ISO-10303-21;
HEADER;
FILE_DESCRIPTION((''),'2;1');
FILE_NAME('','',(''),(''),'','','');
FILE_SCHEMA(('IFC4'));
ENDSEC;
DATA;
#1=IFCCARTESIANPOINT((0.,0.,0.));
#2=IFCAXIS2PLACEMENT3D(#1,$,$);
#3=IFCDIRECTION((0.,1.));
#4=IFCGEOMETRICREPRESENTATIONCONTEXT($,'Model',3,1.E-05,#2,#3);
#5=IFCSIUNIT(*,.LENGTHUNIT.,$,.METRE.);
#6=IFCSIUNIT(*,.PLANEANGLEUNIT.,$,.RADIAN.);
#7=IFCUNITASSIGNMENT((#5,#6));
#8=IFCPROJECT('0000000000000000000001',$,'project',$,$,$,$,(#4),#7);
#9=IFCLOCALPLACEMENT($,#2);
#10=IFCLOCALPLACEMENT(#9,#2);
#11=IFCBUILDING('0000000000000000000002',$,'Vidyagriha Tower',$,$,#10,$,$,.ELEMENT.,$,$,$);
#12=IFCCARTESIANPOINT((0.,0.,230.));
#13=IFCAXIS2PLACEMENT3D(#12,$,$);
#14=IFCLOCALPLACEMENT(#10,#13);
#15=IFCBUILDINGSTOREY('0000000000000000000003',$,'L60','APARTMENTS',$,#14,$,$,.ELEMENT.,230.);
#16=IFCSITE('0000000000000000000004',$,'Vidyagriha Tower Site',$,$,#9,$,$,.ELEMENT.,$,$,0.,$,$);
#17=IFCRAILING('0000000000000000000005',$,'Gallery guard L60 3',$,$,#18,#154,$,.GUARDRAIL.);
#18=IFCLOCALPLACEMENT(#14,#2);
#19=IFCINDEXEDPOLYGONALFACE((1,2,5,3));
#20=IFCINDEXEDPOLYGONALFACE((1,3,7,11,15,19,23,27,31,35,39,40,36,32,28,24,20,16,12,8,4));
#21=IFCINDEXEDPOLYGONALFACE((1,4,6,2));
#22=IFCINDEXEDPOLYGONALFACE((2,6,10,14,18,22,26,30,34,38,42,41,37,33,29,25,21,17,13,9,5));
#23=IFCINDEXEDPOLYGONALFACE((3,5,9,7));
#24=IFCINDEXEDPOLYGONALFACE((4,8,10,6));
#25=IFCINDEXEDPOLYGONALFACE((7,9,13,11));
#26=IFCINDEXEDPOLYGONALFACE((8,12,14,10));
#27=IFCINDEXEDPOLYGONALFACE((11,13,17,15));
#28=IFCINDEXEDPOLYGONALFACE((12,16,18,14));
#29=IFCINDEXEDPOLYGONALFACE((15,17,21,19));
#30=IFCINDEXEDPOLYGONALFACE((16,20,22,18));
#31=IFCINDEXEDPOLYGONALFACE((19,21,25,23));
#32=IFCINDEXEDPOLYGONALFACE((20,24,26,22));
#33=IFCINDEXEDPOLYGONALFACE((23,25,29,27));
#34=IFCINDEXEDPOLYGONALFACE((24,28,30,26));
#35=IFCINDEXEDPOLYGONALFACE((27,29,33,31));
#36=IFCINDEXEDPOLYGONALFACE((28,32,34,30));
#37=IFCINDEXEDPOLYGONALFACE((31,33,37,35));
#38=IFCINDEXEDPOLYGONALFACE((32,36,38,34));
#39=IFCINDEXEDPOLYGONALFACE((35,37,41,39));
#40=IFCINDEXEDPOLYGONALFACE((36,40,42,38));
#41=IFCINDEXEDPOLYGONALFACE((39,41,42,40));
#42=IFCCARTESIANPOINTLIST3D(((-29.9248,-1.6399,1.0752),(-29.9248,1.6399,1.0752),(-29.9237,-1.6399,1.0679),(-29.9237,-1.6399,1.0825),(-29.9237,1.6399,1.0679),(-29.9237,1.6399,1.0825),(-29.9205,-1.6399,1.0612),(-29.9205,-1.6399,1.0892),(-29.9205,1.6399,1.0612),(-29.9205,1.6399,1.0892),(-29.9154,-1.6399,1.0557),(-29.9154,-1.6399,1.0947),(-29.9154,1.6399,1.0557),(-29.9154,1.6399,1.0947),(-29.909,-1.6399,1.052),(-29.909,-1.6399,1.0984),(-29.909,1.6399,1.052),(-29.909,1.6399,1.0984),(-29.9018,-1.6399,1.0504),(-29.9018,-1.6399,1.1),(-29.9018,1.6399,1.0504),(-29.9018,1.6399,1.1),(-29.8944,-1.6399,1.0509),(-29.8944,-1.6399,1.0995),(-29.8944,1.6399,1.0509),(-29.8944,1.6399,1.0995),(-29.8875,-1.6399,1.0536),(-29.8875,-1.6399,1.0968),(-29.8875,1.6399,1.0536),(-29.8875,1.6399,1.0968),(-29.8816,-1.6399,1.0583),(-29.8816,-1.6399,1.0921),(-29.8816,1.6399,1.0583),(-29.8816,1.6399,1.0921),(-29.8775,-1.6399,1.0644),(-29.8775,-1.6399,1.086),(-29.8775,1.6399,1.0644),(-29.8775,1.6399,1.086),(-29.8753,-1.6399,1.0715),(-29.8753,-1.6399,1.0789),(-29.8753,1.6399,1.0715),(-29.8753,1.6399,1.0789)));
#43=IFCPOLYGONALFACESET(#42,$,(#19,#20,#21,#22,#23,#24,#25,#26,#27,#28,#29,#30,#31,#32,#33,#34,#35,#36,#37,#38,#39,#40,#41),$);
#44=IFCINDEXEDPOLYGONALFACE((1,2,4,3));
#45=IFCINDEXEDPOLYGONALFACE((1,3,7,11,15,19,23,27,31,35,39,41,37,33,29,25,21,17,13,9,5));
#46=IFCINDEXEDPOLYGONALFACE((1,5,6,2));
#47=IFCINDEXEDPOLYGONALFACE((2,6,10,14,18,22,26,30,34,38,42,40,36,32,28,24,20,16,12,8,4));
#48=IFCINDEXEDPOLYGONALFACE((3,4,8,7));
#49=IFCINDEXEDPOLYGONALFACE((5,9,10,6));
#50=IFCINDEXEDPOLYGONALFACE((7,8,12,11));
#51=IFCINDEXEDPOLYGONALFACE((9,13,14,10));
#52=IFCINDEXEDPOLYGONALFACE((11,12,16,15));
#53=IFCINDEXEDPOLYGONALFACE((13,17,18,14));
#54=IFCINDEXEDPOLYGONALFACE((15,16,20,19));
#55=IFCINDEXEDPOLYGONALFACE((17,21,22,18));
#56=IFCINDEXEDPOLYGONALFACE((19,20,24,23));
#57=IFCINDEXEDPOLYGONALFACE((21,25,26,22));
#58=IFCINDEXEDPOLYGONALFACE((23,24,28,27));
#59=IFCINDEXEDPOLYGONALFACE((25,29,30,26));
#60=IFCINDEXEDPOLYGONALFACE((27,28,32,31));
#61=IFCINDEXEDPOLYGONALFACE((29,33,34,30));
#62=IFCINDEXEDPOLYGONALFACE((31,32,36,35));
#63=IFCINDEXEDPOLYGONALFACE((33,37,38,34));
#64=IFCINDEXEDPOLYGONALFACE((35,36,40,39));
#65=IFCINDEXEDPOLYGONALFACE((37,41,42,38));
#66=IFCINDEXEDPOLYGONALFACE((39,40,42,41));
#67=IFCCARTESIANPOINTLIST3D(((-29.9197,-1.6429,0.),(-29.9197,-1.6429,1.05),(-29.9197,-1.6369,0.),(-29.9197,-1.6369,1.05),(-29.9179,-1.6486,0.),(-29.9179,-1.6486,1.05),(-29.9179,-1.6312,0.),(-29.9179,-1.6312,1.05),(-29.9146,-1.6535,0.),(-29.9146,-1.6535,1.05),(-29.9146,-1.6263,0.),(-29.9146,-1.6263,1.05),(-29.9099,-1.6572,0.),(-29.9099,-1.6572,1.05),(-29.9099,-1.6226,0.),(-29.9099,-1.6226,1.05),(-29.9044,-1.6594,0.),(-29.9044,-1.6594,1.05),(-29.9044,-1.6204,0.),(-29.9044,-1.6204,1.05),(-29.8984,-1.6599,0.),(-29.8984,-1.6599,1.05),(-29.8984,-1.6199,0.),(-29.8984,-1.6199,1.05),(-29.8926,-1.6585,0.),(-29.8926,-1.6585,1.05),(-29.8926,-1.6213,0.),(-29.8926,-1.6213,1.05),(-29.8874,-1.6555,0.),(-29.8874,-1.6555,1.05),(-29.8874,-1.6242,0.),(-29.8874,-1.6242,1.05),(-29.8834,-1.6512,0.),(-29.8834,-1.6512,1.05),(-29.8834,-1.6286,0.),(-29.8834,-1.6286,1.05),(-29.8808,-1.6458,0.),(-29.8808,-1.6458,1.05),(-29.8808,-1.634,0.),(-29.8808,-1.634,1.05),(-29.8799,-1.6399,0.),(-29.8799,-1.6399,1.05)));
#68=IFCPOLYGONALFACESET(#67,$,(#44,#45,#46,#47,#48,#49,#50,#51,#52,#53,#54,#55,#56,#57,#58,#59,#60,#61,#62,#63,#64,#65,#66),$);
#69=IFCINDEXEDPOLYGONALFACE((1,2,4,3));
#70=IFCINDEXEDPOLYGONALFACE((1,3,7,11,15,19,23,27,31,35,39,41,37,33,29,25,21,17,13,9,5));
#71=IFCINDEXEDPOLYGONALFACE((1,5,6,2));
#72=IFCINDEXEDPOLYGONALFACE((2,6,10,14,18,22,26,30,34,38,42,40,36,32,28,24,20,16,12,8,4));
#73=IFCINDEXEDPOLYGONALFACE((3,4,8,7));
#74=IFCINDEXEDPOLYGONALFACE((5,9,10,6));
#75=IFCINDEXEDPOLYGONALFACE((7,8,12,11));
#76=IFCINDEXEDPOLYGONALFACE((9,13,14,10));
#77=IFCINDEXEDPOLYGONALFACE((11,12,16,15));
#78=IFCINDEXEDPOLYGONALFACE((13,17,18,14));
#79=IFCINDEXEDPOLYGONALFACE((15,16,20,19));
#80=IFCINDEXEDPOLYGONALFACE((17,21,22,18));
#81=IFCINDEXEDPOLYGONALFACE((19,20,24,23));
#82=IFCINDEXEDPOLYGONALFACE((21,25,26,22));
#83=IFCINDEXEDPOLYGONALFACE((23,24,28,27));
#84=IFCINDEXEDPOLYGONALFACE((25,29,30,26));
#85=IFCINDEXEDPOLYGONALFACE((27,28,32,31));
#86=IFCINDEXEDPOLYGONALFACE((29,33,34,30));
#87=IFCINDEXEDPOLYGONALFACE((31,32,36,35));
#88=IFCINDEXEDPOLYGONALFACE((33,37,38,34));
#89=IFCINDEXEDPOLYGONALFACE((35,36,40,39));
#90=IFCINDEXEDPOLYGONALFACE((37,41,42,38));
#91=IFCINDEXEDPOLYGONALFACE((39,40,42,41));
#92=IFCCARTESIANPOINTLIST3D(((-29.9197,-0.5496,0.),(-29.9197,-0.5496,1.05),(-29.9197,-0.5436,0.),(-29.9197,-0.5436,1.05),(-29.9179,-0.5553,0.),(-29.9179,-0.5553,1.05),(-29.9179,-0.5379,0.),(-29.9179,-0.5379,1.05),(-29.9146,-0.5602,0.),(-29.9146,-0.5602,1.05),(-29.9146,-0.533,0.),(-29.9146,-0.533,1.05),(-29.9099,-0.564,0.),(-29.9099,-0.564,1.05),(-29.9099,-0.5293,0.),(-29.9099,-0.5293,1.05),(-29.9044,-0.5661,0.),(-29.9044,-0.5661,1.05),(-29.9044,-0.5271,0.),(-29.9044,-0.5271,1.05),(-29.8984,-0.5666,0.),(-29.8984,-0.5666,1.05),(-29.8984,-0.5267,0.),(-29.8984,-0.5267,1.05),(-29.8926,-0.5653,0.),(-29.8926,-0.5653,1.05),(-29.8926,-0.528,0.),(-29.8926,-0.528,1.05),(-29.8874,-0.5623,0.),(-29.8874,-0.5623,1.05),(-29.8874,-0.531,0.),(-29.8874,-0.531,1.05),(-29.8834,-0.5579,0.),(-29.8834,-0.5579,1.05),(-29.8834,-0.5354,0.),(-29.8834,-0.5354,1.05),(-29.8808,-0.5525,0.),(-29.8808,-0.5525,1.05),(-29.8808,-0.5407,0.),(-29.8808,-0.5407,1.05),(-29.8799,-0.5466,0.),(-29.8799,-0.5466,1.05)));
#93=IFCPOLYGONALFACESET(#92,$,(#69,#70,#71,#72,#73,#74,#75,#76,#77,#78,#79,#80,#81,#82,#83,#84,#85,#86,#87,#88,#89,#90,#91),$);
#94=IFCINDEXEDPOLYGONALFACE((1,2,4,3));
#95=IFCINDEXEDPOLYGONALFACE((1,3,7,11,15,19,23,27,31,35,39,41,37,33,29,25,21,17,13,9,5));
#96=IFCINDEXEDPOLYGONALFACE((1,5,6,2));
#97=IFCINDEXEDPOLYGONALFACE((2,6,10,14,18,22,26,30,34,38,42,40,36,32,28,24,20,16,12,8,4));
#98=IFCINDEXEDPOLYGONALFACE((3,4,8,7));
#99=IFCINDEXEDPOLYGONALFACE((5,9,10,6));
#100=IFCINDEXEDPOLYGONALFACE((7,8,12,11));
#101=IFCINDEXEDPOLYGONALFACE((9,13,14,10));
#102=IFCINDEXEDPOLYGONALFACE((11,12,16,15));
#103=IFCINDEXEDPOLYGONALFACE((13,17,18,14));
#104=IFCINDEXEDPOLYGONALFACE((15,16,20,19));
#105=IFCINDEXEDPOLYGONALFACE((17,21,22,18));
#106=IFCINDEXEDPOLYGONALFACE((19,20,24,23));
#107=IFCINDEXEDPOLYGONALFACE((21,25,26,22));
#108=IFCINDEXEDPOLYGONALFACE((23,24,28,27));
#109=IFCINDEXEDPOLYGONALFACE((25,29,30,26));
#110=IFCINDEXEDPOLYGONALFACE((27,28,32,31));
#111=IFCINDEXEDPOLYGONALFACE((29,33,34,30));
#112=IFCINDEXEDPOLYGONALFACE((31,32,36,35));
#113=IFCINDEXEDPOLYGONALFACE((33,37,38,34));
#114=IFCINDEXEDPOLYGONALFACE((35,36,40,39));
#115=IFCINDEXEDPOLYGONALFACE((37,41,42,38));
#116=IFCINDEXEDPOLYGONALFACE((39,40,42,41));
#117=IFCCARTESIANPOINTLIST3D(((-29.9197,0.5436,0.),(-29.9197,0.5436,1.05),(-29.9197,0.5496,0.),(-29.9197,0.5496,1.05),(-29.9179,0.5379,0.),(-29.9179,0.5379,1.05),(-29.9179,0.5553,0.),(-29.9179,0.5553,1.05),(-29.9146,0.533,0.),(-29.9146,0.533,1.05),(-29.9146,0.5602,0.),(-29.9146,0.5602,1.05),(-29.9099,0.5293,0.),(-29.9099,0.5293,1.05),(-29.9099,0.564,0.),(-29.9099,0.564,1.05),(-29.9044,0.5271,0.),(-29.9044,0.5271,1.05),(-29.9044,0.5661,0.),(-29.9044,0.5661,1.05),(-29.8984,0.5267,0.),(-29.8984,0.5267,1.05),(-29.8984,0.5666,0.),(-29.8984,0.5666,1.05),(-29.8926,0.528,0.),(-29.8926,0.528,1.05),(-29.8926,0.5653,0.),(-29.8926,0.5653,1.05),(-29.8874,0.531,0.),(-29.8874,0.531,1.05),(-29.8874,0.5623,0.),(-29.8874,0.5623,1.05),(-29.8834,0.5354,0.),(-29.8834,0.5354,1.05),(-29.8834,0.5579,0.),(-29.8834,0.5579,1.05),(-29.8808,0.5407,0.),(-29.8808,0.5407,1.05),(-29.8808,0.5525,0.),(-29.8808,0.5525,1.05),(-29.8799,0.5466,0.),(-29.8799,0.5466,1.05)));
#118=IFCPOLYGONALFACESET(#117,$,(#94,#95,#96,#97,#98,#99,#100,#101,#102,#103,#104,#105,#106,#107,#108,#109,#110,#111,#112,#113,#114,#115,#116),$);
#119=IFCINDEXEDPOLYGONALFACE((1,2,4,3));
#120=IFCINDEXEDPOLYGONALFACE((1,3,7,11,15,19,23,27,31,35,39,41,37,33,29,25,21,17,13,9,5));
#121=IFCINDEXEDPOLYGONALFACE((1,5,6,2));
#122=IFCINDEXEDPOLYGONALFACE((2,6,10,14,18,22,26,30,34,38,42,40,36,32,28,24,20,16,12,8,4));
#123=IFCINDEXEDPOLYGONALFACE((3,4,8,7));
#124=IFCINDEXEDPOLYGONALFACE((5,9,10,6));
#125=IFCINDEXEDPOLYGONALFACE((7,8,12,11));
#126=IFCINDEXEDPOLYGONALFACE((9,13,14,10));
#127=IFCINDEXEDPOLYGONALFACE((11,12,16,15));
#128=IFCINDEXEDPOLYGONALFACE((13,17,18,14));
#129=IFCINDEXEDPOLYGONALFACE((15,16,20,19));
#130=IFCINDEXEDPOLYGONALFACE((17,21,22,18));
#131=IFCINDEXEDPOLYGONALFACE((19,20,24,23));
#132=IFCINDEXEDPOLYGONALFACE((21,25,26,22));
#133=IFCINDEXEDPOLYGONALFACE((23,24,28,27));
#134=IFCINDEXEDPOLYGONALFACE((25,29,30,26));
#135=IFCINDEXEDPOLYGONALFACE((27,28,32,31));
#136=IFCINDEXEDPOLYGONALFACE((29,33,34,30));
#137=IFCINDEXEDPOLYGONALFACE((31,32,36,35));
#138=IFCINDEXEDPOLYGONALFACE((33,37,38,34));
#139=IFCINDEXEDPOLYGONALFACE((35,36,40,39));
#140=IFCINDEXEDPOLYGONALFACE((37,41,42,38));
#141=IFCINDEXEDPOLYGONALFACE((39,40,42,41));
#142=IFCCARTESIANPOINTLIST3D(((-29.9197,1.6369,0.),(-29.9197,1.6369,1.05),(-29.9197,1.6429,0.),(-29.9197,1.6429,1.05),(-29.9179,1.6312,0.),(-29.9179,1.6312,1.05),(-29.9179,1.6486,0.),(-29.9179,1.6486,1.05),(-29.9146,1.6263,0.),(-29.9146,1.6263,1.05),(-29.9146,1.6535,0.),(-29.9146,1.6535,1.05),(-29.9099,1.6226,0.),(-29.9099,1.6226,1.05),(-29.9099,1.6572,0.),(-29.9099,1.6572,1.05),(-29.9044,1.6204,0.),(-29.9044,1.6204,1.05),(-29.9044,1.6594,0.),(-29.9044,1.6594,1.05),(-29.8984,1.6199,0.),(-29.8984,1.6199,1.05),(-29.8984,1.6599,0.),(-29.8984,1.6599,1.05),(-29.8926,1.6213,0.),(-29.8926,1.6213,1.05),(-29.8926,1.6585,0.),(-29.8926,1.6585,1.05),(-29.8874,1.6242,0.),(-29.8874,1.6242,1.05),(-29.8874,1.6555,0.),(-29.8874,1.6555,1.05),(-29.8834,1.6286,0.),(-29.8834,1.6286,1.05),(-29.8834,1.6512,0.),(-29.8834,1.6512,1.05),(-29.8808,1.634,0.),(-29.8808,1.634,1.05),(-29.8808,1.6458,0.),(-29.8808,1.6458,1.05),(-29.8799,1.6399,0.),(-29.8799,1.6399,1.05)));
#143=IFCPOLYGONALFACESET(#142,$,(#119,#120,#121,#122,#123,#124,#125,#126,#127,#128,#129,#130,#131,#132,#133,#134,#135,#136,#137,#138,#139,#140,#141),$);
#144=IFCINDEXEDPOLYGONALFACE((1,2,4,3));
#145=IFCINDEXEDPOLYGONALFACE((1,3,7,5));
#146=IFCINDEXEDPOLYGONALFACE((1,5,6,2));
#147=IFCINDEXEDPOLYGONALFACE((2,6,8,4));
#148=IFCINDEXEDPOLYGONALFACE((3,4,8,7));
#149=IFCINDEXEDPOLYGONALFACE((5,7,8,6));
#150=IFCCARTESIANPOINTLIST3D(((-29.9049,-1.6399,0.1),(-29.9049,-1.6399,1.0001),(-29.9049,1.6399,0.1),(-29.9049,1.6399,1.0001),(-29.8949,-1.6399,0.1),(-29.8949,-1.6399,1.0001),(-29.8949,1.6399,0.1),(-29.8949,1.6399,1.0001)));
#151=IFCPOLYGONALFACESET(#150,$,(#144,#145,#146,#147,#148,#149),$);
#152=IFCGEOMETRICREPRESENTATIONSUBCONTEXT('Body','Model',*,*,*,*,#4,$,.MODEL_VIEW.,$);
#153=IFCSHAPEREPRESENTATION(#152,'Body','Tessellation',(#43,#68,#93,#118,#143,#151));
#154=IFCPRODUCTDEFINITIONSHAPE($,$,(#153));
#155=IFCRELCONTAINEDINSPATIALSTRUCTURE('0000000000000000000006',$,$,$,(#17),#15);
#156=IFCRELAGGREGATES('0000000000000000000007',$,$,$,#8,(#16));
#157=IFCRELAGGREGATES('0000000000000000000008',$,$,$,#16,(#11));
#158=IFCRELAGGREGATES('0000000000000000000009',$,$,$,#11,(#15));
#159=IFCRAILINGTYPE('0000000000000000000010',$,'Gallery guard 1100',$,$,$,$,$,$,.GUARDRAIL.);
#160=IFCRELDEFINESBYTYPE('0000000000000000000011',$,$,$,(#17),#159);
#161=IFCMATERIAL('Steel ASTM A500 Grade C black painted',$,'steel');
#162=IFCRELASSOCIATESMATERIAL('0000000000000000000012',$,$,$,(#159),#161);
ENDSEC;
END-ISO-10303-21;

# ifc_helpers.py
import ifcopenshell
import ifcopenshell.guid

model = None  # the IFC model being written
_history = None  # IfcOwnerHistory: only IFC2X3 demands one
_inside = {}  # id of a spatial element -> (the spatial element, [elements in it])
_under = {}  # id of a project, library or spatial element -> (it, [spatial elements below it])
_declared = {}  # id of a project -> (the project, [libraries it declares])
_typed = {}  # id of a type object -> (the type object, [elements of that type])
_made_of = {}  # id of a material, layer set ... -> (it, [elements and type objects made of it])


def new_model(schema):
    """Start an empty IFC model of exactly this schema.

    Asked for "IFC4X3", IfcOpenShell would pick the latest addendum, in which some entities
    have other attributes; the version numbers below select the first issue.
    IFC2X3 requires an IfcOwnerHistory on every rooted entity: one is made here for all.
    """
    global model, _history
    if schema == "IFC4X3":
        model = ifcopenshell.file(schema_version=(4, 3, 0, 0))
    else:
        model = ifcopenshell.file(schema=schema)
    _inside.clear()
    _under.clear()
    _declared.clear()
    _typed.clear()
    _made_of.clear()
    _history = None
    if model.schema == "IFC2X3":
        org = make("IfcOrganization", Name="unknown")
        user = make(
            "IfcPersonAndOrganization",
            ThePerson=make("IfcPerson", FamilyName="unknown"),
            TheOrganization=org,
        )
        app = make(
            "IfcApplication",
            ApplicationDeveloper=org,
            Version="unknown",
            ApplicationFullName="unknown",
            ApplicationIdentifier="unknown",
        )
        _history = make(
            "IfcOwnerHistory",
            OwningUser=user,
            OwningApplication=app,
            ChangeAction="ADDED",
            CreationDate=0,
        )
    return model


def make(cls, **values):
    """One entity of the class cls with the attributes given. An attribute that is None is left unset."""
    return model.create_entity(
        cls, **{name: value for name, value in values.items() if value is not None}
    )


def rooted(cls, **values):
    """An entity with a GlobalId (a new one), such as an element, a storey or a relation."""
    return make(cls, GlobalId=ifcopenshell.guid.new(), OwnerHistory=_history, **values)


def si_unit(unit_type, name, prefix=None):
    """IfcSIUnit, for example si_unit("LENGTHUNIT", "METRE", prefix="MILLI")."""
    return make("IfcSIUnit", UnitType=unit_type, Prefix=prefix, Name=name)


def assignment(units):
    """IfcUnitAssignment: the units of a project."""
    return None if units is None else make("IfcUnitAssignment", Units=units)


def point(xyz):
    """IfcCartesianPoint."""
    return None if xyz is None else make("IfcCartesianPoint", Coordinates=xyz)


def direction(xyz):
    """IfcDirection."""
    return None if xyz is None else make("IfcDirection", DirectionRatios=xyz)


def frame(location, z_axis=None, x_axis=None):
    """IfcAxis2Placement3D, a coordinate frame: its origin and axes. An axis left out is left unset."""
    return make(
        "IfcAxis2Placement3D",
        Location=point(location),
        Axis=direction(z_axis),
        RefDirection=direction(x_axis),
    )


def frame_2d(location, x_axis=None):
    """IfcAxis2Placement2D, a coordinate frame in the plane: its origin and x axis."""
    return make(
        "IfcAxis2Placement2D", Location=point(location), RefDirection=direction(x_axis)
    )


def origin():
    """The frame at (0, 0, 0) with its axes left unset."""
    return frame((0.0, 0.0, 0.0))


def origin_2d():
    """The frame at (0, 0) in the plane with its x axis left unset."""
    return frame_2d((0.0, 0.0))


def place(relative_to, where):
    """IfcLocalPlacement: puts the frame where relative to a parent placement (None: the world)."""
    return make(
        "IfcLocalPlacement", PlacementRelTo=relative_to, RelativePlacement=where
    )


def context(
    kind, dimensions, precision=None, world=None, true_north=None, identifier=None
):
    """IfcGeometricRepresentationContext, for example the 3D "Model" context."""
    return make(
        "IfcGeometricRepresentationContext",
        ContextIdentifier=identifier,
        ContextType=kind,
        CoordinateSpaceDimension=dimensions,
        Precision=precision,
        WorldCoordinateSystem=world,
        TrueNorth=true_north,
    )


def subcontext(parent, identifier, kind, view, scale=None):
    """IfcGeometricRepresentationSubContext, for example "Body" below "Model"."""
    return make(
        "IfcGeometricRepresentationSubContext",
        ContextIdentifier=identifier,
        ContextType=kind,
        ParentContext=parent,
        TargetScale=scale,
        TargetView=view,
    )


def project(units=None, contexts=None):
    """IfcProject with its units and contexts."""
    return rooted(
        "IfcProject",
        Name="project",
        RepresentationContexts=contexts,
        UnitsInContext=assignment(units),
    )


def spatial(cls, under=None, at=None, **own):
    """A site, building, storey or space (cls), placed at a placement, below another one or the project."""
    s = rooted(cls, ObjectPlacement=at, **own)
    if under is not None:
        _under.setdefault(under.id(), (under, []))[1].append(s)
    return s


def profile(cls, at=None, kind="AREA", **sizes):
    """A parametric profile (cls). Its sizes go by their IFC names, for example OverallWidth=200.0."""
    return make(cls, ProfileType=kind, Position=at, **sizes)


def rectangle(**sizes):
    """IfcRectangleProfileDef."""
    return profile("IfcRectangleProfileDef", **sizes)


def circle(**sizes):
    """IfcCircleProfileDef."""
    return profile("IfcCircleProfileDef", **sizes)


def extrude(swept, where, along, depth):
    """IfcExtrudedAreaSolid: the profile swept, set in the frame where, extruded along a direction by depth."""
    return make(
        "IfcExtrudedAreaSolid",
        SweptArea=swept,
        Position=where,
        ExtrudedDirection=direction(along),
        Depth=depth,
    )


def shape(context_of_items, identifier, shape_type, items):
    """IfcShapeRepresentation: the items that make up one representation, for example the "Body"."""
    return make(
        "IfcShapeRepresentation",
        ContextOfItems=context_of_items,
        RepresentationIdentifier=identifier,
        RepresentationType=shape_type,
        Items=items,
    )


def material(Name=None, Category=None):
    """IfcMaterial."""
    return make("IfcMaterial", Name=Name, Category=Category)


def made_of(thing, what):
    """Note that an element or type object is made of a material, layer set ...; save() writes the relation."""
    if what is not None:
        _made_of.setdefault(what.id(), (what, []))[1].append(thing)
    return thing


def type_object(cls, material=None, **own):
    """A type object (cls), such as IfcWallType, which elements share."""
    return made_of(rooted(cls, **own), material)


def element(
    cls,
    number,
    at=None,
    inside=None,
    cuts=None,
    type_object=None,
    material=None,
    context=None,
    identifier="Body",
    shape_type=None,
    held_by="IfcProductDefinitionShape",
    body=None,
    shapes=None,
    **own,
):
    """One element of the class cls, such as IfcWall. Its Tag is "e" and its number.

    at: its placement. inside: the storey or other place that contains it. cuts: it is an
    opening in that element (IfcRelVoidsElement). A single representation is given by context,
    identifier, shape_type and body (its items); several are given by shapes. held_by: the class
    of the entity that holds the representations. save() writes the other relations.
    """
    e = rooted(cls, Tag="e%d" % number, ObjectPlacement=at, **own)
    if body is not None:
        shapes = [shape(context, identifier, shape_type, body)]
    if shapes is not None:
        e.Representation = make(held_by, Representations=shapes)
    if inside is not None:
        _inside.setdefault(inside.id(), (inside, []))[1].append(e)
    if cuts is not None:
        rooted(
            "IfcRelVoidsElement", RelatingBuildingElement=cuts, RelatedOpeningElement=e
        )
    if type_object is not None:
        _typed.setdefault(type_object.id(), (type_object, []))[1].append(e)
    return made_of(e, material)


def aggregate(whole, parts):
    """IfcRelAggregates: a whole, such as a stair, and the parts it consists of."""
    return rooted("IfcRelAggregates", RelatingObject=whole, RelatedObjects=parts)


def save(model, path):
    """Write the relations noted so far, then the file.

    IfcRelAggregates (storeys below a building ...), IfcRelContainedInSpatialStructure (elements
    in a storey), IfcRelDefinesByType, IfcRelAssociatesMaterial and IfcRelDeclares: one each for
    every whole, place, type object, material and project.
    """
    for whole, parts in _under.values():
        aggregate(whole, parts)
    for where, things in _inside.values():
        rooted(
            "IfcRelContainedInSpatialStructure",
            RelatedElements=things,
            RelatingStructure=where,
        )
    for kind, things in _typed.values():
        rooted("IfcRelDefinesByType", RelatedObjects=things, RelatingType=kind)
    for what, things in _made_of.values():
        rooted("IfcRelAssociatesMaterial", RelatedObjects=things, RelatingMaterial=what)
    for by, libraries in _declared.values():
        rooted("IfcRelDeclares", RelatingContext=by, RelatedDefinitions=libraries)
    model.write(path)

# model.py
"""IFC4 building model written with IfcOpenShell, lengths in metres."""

from ifc_helpers import new_model, si_unit, direction, frame, origin, origin_2d, place, context, subcontext, project, spatial, rectangle, circle, extrude, material, type_object, element, save


model = new_model("IFC4")

# Units and contexts
model_context = context("Model", 3, precision=1e-05, world=origin(), true_north=direction((0.0, 1.0)))
body_context = subcontext(model_context, "Body", "Model", "MODEL_VIEW")
ifc_project = project(units=[si_unit("LENGTHUNIT", "METRE"), si_unit("PLANEANGLEUNIT", "RADIAN")], contexts=[model_context])

# Site, building, storey
site_placement = place(None, origin())
site = spatial("IfcSite", under=ifc_project, at=site_placement, Name="Vidyagriha Tower Site", CompositionType="ELEMENT", RefElevation=0.0)
building_placement = place(site_placement, origin())
building = spatial("IfcBuilding", under=site, at=building_placement, Name="Vidyagriha Tower", CompositionType="ELEMENT")
storey_placement = place(building_placement, frame((0.0, 0.0, 230.0)))
storey = spatial("IfcBuildingStorey", under=building, at=storey_placement, Name="L60", Description="APARTMENTS", CompositionType="ELEMENT", Elevation=230.0)

# Railing
ifc_material_1 = material(Name="Steel ASTM A500 Grade C black painted", Category="steel")
railing_type_1 = type_object("IfcRailingType", Name="Gallery guard 1100", PredefinedType="GUARDRAIL", material=ifc_material_1)
railing_1_placement = place(storey_placement, frame((-29.8999, -1.6399, 0.0)))
element("IfcRailing", 1, at=railing_1_placement, inside=storey, type_object=railing_type_1, Name="Gallery guard L60 3", PredefinedType="GUARDRAIL", context=body_context, shape_type="SweptSolid", body=[
    extrude(circle(Radius=0.0249, at=origin_2d()), frame((0.0, 0.0, 1.0752), z_axis=(0.0, 1.0, 0.0), x_axis=(-1.0, 0.0, 0.0)), (0.0, 0.0, 1.0), 3.2798),
    extrude(circle(Radius=0.02, at=origin_2d()), origin(), (0.0, 0.0, 1.0), 1.05),
    extrude(circle(Radius=0.02, at=origin_2d()), frame((0.0, 1.0933, 0.0)), (0.0, 0.0, 1.0), 1.05),
    extrude(circle(Radius=0.02, at=origin_2d()), frame((0.0, 2.1865, 0.0)), (0.0, 0.0, 1.0), 1.05),
    extrude(circle(Radius=0.02, at=origin_2d()), frame((0.0, 3.2798, 0.0)), (0.0, 0.0, 1.0), 1.05),
    extrude(rectangle(XDim=0.01, YDim=0.9001, at=origin_2d()), frame((0.0, 0.0, 0.55), z_axis=(0.0, 1.0, 0.0), x_axis=(-1.0, 0.0, 0.0)), (0.0, 0.0, 1.0), 3.2798),
])

save(model, "model.ifc")
